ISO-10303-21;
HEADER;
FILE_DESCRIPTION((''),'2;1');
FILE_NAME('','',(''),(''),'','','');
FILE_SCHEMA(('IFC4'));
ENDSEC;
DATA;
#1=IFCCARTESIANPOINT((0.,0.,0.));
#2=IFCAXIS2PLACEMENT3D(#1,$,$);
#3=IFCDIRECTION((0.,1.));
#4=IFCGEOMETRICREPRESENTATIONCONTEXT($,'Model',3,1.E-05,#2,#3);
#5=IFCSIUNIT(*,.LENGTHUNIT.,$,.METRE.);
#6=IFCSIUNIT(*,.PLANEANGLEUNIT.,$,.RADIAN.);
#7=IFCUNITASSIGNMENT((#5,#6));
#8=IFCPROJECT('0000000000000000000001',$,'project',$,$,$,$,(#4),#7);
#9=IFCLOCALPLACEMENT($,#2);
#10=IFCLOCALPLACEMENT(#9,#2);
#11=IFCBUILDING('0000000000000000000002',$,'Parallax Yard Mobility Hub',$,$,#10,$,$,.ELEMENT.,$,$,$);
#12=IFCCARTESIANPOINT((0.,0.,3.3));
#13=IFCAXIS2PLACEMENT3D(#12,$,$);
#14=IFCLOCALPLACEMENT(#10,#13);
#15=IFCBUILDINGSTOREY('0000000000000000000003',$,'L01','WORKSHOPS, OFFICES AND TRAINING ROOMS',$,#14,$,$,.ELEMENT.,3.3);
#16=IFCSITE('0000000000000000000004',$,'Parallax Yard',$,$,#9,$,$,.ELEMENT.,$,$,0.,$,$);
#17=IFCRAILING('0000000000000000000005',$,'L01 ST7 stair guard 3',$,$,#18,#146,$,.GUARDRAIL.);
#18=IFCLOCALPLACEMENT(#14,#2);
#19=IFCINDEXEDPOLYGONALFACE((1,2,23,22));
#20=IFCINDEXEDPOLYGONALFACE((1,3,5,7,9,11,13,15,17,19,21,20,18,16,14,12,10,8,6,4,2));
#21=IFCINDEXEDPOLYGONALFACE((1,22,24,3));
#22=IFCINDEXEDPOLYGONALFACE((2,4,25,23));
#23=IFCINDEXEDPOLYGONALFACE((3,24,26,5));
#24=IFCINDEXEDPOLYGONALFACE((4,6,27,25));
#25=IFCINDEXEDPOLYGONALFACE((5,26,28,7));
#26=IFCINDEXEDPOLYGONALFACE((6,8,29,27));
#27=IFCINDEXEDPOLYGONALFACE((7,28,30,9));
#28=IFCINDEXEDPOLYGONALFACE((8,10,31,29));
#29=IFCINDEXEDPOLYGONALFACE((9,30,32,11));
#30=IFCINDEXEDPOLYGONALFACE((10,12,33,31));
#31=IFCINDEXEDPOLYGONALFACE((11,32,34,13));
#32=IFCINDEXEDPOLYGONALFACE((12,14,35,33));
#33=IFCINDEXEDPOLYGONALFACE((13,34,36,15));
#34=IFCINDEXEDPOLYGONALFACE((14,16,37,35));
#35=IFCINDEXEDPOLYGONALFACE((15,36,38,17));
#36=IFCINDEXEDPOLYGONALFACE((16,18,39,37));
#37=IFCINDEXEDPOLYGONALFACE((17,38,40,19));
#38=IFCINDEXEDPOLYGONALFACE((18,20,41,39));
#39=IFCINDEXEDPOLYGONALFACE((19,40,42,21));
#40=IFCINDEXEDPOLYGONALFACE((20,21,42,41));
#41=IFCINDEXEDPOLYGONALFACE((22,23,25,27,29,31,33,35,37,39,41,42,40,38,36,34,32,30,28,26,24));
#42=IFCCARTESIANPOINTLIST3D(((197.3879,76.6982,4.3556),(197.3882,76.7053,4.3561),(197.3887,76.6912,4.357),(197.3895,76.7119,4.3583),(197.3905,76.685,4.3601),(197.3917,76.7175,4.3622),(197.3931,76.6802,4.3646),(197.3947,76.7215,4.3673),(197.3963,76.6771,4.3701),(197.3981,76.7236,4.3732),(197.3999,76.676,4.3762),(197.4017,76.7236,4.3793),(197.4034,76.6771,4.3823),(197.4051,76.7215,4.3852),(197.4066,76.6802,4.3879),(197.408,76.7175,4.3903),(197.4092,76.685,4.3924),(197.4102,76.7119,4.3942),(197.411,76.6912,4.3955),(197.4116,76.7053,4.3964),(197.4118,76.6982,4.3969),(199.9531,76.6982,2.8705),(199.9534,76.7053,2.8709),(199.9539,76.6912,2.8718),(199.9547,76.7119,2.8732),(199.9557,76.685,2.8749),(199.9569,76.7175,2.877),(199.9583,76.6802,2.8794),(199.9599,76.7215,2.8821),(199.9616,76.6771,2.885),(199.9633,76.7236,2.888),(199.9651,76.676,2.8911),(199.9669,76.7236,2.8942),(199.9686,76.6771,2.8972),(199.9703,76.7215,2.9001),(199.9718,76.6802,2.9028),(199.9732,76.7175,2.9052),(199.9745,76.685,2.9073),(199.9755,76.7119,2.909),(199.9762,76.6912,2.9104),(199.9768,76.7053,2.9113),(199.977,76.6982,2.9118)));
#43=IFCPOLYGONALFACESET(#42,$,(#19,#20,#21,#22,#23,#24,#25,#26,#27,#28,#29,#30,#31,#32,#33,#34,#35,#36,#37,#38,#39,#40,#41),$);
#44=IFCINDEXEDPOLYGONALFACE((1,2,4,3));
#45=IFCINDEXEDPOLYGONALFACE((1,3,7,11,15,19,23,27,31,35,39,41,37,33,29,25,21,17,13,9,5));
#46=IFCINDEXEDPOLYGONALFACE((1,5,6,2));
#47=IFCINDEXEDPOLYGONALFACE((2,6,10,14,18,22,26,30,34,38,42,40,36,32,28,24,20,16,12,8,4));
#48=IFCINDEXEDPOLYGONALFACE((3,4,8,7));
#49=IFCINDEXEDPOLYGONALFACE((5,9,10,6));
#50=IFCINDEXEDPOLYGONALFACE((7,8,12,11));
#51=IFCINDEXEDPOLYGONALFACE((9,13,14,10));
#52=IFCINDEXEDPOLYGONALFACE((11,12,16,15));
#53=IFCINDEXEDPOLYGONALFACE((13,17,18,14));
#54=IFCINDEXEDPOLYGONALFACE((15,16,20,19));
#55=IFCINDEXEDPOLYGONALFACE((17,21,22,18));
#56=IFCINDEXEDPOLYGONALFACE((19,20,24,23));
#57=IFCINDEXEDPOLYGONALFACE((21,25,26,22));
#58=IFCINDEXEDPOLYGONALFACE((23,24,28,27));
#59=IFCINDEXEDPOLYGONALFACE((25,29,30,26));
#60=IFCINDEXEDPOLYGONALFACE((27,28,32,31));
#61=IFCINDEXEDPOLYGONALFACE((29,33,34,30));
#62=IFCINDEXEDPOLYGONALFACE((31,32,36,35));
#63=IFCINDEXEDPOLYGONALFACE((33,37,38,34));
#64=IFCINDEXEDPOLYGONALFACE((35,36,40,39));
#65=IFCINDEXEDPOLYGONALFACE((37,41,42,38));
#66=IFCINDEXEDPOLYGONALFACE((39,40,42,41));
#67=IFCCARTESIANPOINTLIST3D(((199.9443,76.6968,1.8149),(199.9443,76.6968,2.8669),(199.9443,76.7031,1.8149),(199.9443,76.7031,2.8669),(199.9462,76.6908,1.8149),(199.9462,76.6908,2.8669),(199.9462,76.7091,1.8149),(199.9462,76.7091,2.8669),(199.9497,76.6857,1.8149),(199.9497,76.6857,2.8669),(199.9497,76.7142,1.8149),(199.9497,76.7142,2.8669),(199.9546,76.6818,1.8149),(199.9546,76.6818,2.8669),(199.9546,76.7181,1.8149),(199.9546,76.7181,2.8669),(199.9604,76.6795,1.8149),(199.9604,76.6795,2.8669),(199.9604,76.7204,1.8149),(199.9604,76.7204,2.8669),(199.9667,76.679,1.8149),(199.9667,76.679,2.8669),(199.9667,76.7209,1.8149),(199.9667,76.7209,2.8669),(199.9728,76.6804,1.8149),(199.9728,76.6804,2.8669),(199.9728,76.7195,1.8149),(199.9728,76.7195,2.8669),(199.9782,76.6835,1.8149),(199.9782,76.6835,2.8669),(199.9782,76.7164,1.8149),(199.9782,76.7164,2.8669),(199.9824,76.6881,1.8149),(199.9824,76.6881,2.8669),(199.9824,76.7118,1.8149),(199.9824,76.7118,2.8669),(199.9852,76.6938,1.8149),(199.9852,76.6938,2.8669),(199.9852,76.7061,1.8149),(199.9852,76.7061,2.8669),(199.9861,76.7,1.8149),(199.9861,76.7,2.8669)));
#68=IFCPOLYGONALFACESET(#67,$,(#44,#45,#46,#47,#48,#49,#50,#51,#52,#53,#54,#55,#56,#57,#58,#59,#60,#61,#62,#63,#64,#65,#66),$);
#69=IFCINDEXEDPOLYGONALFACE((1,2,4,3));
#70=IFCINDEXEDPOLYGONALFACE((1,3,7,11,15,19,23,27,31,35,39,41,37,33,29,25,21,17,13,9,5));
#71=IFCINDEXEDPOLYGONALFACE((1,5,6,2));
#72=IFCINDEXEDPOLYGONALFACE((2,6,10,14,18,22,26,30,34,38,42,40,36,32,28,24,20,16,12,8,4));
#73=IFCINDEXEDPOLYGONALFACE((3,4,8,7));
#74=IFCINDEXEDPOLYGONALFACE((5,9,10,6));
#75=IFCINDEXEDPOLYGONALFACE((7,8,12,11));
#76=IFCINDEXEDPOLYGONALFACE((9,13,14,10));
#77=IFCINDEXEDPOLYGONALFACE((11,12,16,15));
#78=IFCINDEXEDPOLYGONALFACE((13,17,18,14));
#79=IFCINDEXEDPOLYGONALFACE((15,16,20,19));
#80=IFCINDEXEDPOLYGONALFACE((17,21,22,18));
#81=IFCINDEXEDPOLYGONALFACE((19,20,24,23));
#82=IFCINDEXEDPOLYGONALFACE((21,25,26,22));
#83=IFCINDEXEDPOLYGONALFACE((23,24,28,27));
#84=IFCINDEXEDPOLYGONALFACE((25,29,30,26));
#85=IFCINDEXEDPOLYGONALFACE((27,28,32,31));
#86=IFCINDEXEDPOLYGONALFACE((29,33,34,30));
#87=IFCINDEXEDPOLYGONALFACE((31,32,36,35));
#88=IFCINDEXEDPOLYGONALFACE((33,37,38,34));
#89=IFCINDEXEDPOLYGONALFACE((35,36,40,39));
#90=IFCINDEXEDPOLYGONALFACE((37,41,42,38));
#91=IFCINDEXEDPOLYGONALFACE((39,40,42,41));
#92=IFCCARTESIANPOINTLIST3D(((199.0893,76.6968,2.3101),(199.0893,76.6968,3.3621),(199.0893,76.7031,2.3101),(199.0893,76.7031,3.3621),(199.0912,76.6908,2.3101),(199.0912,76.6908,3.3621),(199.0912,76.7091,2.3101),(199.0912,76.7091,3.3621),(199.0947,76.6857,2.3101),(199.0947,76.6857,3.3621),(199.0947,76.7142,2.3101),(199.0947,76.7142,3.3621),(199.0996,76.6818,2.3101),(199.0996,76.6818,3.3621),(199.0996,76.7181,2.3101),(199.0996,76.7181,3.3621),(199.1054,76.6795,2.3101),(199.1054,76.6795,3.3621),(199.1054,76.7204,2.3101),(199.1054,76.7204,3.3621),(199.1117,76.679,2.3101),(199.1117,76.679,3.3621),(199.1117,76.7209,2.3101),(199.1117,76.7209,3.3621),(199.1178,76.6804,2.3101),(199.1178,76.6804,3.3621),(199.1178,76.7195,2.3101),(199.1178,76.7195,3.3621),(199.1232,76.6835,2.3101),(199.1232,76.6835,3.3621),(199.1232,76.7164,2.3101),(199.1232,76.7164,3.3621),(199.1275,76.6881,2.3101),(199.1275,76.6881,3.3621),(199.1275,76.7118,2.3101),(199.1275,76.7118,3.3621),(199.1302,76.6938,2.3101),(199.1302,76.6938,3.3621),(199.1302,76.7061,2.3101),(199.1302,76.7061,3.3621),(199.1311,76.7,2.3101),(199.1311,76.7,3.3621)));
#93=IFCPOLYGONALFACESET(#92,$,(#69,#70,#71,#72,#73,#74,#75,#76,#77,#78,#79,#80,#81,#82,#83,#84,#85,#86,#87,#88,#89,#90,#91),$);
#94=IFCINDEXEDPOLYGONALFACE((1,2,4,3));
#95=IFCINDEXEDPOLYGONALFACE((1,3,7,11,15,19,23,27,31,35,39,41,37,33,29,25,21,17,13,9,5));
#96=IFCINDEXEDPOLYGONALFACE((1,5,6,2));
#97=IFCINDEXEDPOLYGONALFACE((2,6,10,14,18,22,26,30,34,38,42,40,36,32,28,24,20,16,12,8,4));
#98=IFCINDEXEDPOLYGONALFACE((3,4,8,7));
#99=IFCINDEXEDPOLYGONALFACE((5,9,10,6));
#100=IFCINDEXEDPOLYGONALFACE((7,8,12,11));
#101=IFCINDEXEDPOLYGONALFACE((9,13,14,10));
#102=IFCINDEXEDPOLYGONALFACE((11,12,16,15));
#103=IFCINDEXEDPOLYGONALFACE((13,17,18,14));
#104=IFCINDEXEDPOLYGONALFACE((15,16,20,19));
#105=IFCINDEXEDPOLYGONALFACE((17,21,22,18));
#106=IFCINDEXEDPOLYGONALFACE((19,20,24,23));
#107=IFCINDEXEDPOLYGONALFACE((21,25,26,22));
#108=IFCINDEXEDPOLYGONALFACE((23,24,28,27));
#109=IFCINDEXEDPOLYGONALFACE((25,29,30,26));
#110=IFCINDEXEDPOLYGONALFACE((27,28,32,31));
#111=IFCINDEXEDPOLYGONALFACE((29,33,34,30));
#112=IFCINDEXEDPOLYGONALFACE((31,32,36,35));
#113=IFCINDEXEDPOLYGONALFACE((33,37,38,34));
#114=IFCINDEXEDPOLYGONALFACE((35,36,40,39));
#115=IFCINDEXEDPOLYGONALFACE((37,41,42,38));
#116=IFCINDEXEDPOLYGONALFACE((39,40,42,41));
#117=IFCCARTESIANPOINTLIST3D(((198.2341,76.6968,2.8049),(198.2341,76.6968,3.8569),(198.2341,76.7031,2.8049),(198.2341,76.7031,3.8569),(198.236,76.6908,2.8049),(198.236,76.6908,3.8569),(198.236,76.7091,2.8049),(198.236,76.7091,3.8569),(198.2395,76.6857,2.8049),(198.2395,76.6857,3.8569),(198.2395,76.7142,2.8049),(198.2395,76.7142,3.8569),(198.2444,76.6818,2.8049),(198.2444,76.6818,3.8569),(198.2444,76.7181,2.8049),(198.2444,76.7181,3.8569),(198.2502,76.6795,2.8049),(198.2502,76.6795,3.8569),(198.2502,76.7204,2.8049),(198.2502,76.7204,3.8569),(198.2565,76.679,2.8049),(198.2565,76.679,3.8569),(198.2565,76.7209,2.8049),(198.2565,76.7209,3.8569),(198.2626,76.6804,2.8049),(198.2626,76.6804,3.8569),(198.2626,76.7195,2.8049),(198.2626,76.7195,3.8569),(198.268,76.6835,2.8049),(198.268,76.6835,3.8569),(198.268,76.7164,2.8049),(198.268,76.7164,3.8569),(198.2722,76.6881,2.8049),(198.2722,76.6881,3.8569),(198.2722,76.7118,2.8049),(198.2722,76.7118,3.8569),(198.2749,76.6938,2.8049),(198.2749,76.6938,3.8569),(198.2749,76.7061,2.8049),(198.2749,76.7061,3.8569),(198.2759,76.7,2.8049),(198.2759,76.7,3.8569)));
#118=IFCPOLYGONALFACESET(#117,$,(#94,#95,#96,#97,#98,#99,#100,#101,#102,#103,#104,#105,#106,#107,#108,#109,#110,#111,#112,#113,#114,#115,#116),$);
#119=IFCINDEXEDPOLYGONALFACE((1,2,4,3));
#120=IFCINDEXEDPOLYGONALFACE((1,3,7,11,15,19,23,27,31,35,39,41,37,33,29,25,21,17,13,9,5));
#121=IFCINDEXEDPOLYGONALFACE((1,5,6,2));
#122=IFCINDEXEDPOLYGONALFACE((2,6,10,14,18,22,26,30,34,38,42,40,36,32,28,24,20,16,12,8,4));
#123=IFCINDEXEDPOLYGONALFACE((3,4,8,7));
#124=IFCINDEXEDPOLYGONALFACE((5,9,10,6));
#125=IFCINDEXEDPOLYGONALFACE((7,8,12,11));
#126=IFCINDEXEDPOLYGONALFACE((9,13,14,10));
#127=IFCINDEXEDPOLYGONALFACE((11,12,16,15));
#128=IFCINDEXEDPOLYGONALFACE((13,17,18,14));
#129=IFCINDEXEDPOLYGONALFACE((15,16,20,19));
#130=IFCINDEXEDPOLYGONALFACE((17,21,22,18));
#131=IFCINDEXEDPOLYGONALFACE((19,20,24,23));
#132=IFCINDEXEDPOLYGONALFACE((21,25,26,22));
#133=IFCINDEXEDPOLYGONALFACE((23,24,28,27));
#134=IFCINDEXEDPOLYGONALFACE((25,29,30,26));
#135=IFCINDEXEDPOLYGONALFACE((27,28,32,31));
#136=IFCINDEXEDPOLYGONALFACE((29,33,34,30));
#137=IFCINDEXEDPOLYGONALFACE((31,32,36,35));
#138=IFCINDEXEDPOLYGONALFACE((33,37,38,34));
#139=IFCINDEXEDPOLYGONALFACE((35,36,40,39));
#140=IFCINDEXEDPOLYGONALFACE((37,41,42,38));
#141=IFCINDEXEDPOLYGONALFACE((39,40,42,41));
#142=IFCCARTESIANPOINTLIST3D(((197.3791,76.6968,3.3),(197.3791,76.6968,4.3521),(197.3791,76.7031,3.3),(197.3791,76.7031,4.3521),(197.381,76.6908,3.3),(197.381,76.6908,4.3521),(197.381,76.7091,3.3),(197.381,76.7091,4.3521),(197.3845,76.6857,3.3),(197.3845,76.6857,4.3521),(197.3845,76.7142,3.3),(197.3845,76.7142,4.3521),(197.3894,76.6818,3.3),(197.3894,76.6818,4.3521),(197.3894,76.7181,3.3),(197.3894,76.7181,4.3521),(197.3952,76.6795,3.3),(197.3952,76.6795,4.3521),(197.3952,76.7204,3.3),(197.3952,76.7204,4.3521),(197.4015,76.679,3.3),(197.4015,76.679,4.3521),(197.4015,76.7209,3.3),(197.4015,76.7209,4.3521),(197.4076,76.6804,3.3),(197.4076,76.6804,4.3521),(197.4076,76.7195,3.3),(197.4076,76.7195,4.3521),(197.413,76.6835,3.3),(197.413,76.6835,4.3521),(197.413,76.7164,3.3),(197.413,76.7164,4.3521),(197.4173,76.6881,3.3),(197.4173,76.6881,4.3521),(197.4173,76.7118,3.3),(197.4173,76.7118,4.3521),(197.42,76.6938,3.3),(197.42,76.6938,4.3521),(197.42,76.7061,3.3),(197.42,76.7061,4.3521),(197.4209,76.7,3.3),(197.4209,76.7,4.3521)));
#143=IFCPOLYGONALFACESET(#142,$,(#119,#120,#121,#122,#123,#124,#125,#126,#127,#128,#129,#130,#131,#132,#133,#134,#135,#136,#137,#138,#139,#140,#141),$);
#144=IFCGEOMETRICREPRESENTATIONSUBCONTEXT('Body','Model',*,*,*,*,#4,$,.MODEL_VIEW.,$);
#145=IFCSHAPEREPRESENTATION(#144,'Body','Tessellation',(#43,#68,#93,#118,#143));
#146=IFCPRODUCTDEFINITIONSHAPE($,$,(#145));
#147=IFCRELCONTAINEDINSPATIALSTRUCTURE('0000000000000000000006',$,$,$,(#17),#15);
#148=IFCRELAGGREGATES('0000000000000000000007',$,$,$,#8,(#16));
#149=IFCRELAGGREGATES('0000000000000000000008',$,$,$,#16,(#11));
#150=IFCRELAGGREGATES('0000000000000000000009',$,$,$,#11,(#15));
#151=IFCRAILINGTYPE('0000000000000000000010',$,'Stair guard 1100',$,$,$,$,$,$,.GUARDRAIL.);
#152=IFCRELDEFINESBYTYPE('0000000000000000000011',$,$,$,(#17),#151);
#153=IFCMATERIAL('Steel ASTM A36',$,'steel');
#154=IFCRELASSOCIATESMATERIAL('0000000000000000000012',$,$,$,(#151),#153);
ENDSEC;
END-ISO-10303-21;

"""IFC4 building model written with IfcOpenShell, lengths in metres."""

from ifc_helpers import new_model, si_unit, direction, frame, origin, origin_2d, place, context, subcontext, project, spatial, circle, extrude, material, type_object, element, save


model = new_model("IFC4")

# Units and contexts
model_context = context("Model", 3, precision=1e-05, world=origin(), true_north=direction((0.0, 1.0)))
body_context = subcontext(model_context, "Body", "Model", "MODEL_VIEW")
ifc_project = project(units=[si_unit("LENGTHUNIT", "METRE"), si_unit("PLANEANGLEUNIT", "RADIAN")], contexts=[model_context])

# Site, building, storey
site_placement = place(None, origin())
site = spatial("IfcSite", under=ifc_project, at=site_placement, Name="Parallax Yard", CompositionType="ELEMENT", RefElevation=0.0)
building_placement = place(site_placement, origin())
building = spatial("IfcBuilding", under=site, at=building_placement, Name="Parallax Yard Mobility Hub", CompositionType="ELEMENT")
storey_placement = place(building_placement, frame((0.0, 0.0, 3.3)))
storey = spatial("IfcBuildingStorey", under=building, at=storey_placement, Name="L01", Description="WORKSHOPS, OFFICES AND TRAINING ROOMS", CompositionType="ELEMENT", Elevation=3.3)

# Railing
ifc_material_1 = material(Name="Steel ASTM A36", Category="steel")
railing_type_1 = type_object("IfcRailingType", Name="Stair guard 1100", PredefinedType="GUARDRAIL", material=ifc_material_1)
railing_1_placement = place(storey_placement, frame((199.9651, 76.7, 1.8149)))
element("IfcRailing", 1, at=railing_1_placement, inside=storey, type_object=railing_type_1, Name="L01 ST7 stair guard 3", PredefinedType="GUARDRAIL", context=body_context, shape_type="SweptSolid", body=[
    extrude(circle(Radius=0.0239, at=origin_2d()), frame((0.0, 0.0, 1.0762), z_axis=(-0.865426, 0.0, 0.501036), x_axis=(0.0, -1.0, 0.0)), (0.0, 0.0, 1.0), 2.9641),
    extrude(circle(Radius=0.021, at=origin_2d()), origin(), (0.0, 0.0, 1.0), 1.052),
    extrude(circle(Radius=0.021, at=origin_2d()), frame((-0.855, 0.0, 0.4951)), (0.0, 0.0, 1.0), 1.052),
    extrude(circle(Radius=0.021, at=origin_2d()), frame((-1.7102, 0.0, 0.99)), (0.0, 0.0, 1.0), 1.052),
    extrude(circle(Radius=0.021, at=origin_2d()), frame((-2.5652, 0.0, 1.4851)), (0.0, 0.0, 1.0), 1.052),
])

save(model, "model.ifc")
